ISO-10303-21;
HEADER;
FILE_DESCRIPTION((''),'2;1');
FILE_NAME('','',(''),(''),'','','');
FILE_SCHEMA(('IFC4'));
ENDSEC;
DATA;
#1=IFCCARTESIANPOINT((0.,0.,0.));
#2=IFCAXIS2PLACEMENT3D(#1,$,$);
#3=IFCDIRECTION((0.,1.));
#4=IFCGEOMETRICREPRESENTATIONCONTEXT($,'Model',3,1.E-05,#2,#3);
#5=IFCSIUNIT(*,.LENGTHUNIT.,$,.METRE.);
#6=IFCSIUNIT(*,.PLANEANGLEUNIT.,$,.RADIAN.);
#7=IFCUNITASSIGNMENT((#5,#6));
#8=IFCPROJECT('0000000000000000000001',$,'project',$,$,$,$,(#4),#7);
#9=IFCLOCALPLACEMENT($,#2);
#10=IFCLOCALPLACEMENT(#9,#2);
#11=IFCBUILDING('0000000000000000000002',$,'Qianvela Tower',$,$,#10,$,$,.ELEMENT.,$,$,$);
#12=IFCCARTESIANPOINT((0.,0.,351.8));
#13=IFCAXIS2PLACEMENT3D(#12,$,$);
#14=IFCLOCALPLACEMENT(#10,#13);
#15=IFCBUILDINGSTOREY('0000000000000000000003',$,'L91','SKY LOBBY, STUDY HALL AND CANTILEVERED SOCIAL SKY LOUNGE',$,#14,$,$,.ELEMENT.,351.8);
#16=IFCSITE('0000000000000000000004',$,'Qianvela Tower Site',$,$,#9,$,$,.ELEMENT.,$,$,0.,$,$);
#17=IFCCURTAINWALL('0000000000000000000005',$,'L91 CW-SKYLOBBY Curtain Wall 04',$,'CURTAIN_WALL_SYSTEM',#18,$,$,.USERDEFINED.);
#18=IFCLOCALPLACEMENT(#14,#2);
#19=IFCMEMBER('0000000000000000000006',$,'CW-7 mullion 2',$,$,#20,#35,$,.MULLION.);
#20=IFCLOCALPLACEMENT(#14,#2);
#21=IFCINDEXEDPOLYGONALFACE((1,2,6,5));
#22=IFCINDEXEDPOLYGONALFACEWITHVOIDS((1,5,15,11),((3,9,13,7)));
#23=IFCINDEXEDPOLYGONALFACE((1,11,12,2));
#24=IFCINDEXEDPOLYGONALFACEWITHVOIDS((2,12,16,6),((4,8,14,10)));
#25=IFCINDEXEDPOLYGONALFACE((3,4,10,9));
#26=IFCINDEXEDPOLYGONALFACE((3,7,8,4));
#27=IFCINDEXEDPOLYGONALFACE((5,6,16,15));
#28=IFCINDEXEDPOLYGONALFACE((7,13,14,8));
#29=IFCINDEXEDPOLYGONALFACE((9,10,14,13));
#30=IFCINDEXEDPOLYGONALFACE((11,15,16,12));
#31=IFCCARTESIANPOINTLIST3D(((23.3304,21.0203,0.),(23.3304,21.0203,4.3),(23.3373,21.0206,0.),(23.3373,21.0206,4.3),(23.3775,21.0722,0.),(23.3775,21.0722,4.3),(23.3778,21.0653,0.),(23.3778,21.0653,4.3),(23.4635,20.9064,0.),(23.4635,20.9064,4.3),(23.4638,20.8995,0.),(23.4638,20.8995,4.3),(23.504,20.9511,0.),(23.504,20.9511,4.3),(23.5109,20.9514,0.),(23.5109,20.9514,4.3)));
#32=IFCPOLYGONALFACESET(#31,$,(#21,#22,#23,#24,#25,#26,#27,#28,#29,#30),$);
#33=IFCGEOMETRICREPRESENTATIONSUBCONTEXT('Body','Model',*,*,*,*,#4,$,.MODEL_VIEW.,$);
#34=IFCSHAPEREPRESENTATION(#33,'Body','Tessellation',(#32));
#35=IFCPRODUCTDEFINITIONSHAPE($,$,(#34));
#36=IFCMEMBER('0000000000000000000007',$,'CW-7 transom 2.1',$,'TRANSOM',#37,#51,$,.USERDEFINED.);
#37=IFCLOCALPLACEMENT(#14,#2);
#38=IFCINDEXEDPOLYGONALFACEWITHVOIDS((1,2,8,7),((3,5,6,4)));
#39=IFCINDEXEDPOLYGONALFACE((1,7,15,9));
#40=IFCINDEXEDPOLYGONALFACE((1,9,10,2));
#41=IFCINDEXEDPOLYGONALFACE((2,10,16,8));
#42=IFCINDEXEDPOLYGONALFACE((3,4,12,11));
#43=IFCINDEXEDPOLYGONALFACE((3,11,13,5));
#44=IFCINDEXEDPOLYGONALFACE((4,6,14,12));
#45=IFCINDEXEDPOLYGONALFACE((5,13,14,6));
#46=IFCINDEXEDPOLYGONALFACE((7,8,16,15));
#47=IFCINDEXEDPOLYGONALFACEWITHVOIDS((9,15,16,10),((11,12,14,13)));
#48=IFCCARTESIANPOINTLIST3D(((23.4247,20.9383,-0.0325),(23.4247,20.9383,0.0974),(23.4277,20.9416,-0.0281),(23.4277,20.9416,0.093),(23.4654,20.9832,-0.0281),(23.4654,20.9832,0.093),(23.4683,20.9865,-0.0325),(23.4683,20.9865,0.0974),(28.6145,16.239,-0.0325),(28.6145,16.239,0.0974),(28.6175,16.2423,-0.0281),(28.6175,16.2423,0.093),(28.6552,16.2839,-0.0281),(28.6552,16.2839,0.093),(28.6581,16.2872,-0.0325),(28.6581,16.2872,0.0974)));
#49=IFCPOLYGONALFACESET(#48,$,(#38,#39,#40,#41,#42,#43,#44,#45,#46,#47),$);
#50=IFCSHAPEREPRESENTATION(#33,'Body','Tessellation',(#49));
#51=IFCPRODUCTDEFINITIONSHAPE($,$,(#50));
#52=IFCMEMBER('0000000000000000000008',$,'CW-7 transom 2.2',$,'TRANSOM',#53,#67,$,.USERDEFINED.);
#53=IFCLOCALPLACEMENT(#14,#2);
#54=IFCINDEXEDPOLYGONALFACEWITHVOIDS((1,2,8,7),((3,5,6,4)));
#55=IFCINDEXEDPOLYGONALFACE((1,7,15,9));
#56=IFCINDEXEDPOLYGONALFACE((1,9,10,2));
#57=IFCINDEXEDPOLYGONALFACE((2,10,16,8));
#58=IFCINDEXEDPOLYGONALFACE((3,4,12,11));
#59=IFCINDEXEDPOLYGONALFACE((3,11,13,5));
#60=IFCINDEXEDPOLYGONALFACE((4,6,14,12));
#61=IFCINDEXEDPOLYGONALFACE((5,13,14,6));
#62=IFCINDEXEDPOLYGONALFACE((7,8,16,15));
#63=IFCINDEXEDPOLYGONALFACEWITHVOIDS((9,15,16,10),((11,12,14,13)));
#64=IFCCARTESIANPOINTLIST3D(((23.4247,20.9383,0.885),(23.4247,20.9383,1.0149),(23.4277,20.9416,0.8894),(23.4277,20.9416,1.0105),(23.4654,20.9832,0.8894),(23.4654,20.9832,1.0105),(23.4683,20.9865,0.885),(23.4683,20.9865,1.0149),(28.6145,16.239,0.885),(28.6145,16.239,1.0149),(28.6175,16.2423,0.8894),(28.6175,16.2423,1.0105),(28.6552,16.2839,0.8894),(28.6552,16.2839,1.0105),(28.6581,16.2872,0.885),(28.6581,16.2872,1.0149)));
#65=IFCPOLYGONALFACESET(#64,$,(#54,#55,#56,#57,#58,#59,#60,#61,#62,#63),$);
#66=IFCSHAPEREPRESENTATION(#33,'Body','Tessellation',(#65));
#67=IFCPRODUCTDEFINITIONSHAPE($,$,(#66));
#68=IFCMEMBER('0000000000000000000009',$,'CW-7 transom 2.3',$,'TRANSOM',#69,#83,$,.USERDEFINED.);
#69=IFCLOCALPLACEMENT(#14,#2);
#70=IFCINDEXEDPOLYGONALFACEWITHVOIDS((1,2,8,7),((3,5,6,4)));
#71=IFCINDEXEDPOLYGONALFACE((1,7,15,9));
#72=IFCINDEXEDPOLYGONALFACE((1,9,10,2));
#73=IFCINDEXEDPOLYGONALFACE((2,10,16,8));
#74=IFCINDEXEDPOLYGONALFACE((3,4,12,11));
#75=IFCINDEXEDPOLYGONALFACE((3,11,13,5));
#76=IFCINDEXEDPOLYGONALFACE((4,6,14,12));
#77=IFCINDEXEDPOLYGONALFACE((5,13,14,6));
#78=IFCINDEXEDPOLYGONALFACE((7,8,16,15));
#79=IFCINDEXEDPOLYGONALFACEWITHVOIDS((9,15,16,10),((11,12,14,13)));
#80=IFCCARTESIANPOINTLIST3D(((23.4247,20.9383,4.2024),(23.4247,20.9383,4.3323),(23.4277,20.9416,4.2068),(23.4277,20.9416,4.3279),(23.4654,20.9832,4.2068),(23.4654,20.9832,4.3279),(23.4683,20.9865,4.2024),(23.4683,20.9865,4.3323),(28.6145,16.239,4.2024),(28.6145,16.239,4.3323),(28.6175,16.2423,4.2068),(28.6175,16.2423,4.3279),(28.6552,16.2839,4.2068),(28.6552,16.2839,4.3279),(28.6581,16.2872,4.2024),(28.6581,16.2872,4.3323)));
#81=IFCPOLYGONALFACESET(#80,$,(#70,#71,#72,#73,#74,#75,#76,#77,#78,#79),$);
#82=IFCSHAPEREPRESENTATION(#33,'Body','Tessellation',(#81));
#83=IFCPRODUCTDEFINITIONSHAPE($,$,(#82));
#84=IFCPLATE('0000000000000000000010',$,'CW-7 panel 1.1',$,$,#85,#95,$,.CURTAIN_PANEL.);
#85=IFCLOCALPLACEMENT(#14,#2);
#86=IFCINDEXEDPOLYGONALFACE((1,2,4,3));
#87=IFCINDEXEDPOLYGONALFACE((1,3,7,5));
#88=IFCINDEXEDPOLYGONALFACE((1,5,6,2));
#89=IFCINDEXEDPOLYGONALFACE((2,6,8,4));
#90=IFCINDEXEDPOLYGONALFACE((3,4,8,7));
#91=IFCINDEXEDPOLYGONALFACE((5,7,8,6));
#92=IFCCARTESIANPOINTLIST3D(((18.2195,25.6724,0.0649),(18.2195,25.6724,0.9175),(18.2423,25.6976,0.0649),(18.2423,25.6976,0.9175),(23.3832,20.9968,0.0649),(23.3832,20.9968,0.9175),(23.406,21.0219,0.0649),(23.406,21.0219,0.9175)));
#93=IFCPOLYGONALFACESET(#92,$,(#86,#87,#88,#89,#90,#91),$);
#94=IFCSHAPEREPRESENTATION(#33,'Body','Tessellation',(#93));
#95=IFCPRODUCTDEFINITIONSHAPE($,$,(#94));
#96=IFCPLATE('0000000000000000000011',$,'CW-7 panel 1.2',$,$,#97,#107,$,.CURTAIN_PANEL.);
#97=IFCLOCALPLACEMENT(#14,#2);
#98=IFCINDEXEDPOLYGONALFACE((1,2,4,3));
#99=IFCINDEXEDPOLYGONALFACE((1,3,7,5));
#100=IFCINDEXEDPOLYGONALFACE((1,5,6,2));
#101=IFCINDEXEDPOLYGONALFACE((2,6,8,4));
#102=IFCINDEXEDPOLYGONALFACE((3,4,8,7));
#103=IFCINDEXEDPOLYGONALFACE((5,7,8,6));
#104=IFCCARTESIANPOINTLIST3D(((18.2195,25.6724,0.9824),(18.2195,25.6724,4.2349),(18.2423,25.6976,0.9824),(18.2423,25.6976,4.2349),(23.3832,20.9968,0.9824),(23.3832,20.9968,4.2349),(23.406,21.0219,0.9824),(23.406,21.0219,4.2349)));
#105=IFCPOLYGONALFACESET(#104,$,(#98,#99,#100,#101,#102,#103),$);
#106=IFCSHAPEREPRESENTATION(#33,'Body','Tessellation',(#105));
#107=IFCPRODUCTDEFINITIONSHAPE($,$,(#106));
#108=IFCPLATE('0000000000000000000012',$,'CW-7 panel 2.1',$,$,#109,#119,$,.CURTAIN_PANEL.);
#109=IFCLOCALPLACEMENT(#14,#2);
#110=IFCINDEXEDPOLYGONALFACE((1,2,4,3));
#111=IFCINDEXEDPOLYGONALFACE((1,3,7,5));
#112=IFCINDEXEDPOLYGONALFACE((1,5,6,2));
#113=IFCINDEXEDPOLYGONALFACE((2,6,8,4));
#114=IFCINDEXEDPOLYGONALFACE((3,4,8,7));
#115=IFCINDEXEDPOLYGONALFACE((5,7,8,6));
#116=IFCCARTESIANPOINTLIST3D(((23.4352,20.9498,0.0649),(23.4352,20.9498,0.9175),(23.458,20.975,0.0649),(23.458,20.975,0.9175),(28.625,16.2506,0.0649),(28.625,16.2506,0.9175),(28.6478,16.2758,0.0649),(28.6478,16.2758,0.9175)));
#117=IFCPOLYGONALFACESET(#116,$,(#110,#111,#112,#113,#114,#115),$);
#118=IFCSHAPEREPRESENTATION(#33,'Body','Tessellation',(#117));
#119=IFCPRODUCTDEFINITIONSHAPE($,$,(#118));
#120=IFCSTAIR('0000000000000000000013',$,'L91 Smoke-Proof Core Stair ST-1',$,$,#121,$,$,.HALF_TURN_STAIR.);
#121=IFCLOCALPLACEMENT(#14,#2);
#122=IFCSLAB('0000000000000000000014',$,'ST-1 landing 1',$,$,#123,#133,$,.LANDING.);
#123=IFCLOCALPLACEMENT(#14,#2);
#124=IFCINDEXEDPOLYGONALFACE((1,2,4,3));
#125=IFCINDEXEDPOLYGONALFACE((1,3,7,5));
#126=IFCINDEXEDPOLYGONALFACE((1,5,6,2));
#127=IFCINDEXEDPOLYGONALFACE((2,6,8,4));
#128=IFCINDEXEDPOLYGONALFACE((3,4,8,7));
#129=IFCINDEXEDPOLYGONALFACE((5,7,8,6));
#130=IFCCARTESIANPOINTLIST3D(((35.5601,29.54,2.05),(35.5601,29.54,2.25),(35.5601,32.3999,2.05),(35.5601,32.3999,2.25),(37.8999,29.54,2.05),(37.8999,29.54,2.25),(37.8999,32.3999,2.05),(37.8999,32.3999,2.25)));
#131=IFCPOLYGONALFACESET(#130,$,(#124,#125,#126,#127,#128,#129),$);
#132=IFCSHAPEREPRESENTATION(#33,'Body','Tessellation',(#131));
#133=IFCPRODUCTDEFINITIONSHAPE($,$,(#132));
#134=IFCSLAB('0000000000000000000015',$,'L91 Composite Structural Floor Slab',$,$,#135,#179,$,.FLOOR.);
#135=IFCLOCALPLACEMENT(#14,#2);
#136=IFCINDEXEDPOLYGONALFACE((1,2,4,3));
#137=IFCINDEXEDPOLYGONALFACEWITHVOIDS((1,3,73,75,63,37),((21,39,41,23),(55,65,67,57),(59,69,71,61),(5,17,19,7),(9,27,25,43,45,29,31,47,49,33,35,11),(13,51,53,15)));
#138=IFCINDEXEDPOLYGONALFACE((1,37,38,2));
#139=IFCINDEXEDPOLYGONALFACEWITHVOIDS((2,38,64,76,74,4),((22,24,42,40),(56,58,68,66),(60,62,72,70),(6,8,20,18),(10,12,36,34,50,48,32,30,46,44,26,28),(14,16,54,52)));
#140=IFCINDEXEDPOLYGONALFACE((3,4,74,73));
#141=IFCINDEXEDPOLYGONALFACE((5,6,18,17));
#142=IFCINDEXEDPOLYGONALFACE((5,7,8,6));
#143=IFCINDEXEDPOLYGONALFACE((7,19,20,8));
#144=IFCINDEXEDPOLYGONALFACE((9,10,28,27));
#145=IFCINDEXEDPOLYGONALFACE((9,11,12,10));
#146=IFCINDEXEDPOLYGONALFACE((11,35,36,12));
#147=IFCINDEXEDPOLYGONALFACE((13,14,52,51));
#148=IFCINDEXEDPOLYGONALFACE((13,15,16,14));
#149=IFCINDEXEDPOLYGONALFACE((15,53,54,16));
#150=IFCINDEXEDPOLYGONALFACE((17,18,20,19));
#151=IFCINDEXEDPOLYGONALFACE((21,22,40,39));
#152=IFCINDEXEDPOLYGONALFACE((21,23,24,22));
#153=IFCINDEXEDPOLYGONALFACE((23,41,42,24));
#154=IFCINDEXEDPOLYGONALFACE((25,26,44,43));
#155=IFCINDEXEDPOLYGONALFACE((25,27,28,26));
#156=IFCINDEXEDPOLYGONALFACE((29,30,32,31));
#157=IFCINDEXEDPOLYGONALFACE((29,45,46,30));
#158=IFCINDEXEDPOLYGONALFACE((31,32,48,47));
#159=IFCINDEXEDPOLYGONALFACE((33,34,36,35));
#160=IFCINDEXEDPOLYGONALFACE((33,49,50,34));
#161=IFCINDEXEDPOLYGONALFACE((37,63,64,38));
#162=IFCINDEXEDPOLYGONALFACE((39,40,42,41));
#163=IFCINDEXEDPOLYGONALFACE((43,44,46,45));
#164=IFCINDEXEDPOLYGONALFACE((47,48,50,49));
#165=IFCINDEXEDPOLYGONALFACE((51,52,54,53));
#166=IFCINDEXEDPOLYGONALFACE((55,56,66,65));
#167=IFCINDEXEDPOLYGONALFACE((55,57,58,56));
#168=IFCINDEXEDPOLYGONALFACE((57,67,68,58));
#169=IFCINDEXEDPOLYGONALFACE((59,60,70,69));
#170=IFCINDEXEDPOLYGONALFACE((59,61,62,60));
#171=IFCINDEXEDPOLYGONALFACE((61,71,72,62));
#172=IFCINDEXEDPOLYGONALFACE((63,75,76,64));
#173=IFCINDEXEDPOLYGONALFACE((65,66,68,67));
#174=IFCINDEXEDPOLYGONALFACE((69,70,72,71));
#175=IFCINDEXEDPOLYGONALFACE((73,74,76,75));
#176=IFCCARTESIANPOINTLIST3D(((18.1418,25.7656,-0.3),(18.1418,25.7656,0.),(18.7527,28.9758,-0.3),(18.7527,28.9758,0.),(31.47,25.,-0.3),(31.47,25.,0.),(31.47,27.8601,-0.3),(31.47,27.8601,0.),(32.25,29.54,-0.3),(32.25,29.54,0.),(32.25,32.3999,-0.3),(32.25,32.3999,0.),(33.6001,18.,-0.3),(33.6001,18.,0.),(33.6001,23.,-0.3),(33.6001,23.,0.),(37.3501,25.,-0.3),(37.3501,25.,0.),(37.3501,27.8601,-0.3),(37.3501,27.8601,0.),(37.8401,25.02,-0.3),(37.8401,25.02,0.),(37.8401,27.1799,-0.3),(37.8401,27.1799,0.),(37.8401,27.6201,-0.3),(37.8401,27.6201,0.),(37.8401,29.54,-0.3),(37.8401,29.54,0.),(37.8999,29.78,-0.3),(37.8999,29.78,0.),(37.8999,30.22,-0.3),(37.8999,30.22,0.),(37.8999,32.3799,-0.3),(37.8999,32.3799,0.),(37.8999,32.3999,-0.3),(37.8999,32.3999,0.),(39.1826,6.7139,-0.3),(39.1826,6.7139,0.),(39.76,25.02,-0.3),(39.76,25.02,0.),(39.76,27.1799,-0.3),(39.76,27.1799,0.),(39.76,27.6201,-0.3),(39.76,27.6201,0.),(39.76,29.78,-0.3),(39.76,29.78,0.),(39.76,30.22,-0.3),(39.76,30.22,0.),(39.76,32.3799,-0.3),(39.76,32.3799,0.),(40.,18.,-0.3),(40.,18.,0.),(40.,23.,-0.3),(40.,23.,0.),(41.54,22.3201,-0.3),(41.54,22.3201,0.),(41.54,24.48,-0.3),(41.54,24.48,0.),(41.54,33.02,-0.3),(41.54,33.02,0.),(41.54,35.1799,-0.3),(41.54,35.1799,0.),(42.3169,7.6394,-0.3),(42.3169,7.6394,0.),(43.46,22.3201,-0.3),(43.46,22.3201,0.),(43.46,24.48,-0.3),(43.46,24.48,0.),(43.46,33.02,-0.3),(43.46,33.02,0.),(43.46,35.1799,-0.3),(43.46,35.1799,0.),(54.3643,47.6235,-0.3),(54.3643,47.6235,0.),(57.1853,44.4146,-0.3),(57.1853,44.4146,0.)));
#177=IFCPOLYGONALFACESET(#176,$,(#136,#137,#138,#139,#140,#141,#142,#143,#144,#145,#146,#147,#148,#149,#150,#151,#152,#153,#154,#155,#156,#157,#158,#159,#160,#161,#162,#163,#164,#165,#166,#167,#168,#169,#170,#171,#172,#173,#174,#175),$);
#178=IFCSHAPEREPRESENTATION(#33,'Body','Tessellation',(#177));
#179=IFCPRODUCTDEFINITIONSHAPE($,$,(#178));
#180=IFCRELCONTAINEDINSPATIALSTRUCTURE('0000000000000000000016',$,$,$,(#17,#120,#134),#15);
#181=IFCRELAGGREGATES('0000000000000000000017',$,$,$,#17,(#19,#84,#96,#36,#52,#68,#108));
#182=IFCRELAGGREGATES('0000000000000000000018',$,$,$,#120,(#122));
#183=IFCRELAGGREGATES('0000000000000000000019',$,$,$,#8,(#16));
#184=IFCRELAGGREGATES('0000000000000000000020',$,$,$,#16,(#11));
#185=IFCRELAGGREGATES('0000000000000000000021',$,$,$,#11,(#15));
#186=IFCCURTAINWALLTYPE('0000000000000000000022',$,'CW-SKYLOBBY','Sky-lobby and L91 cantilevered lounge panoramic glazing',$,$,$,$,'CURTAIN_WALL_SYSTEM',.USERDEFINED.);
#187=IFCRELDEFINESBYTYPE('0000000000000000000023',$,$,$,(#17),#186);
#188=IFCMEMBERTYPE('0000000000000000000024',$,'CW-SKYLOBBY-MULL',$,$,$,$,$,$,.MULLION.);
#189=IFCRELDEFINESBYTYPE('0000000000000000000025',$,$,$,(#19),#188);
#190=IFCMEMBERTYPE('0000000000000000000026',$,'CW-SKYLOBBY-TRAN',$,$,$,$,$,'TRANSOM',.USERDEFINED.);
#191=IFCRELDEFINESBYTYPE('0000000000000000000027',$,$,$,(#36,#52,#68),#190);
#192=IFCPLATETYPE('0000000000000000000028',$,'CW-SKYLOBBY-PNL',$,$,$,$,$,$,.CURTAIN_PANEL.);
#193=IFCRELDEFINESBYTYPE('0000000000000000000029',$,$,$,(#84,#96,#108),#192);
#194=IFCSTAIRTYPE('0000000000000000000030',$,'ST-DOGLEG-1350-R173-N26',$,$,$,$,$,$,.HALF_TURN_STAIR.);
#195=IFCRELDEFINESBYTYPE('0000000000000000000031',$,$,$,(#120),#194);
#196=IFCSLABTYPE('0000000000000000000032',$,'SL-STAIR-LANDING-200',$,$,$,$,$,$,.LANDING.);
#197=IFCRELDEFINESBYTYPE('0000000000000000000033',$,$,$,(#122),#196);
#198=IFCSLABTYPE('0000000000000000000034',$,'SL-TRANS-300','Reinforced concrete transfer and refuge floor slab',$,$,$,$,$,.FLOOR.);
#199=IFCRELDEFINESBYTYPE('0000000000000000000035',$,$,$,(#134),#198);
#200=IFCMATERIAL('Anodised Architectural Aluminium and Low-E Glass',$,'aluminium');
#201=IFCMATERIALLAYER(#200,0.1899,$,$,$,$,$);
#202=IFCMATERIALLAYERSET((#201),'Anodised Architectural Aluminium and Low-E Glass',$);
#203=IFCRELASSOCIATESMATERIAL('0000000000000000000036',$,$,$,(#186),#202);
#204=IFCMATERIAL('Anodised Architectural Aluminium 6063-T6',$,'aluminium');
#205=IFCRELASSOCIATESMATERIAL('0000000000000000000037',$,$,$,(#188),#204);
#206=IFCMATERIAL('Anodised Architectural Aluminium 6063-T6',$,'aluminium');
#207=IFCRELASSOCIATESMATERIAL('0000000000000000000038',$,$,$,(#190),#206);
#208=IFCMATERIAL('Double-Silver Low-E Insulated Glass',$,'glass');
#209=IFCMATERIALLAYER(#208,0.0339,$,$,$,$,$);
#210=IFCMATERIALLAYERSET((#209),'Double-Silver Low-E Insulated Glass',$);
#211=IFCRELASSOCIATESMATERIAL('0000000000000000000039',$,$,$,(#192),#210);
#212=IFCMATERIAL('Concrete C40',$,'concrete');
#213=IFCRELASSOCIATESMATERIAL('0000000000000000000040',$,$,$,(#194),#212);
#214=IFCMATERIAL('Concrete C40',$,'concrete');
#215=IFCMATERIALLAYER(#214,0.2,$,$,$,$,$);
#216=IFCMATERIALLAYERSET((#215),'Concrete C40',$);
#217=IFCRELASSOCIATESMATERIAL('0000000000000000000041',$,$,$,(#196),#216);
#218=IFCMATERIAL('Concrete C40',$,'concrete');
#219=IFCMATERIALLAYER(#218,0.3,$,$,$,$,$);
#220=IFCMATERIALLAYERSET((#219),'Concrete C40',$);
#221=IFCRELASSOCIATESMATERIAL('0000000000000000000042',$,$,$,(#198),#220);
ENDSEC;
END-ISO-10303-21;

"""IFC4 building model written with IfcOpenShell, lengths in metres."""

from ifc_helpers import new_model, si_unit, direction, frame, origin, origin_2d, place, context, subcontext, project, spatial, polyline, rectangle, hollow_rectangle, outline, extrude, material, layer, layer_set, material_profile, profile_set, type_object, element, aggregate, save


model = new_model("IFC4")

# Units and contexts
model_context = context("Model", 3, precision=1e-05, world=origin(), true_north=direction((0.0, 1.0)))
body_context = subcontext(model_context, "Body", "Model", "MODEL_VIEW")
ifc_project = project(units=[si_unit("LENGTHUNIT", "METRE"), si_unit("PLANEANGLEUNIT", "RADIAN")], contexts=[model_context])

# Site, building, storey
site_placement = place(None, origin())
site = spatial("IfcSite", under=ifc_project, at=site_placement, Name="Qianvela Tower Site", CompositionType="ELEMENT", RefElevation=0.0)
building_placement = place(site_placement, origin())
building = spatial("IfcBuilding", under=site, at=building_placement, Name="Qianvela Tower", CompositionType="ELEMENT")
storey_placement = place(building_placement, frame((0.0, 0.0, 351.8)))
storey = spatial("IfcBuildingStorey", under=building, at=storey_placement, Name="L91", Description="SKY LOBBY, STUDY HALL AND CANTILEVERED SOCIAL SKY LOUNGE", CompositionType="ELEMENT", Elevation=351.8)

# Curtain wall, members, plates
ifc_material_1 = material(Name="Anodised Architectural Aluminium and Low-E Glass", Category="aluminium")
ifc_layer_1 = layer(ifc_material_1, 0.1899)
ifc_layer_set_1 = layer_set([ifc_layer_1], Name="Anodised Architectural Aluminium and Low-E Glass")
curtain_wall_type = type_object("IfcCurtainWallType", Name="CW-SKYLOBBY", Description="Sky-lobby and L91 cantilevered lounge panoramic glazing", ElementType="CURTAIN_WALL_SYSTEM", PredefinedType="USERDEFINED", material=ifc_layer_set_1)
curtain_wall_placement = place(storey_placement, origin())
curtain_wall = element("IfcCurtainWall", 1, at=curtain_wall_placement, inside=storey, type_object=curtain_wall_type, Name="L91 CW-SKYLOBBY Curtain Wall 04", ObjectType="CURTAIN_WALL_SYSTEM", PredefinedType="USERDEFINED")
ifc_material_2 = material(Name="Anodised Architectural Aluminium 6063-T6", Category="aluminium")
ifc_material_profile_1 = material_profile(ifc_material_2, hollow_rectangle(XDim=0.0701, YDim=0.1799, WallThickness=0.0049, at=origin_2d()), Name="ALU-MULL-70x180")
ifc_profile_set_1 = profile_set([ifc_material_profile_1], Name="Anodised Architectural Aluminium 6063-T6")
member_type_1 = type_object("IfcMemberType", Name="CW-SKYLOBBY-MULL", PredefinedType="MULLION", material=ifc_profile_set_1)
member_1_placement = place(storey_placement, frame((23.4207, 20.9858, 0.0), z_axis=(0.0, 0.0, 1.0), x_axis=(0.671203, 0.741273, 0.0)))
member_1 = element("IfcMember", 2, at=member_1_placement, type_object=member_type_1, Name="CW-7 mullion 2", PredefinedType="MULLION", context=body_context, shape_type="SweptSolid", body=[
    extrude(hollow_rectangle(XDim=0.0701, YDim=0.1799, WallThickness=0.0049, at=origin_2d()), origin(), (0.0, 0.0, 1.0), 4.3),
])
ifc_material_3 = material(Name="Anodised Architectural Aluminium 6063-T6", Category="aluminium")
ifc_material_profile_2 = material_profile(ifc_material_3, hollow_rectangle(XDim=0.0649, YDim=0.1299, WallThickness=0.0044, at=origin_2d()), Name="ALU-TRAN-65x130")
ifc_profile_set_2 = profile_set([ifc_material_profile_2], Name="Anodised Architectural Aluminium 6063-T6")
member_type_2 = type_object("IfcMemberType", Name="CW-SKYLOBBY-TRAN", ElementType="TRANSOM", PredefinedType="USERDEFINED", material=ifc_profile_set_2)
member_2_placement = place(storey_placement, frame((23.4465, 20.9624, 0.0325), z_axis=(0.741267, -0.67121, 0.0), x_axis=(0.67121, 0.741267, 0.0)))
member_2 = element("IfcMember", 3, at=member_2_placement, type_object=member_type_2, Name="CW-7 transom 2.1", ObjectType="TRANSOM", PredefinedType="USERDEFINED", context=body_context, shape_type="SweptSolid", body=[
    extrude(hollow_rectangle(XDim=0.0649, YDim=0.1299, WallThickness=0.0044, at=origin_2d()), origin(), (0.0, 0.0, 1.0), 7.0012),
])
member_3_placement = place(storey_placement, frame((23.4465, 20.9624, 0.95), z_axis=(0.741267, -0.67121, 0.0), x_axis=(0.67121, 0.741267, 0.0)))
member_3 = element("IfcMember", 4, at=member_3_placement, type_object=member_type_2, Name="CW-7 transom 2.2", ObjectType="TRANSOM", PredefinedType="USERDEFINED", context=body_context, shape_type="SweptSolid", body=[
    extrude(hollow_rectangle(XDim=0.0649, YDim=0.1299, WallThickness=0.0044, at=origin_2d()), origin(), (0.0, 0.0, 1.0), 7.0012),
])
member_4_placement = place(storey_placement, frame((23.4465, 20.9624, 4.2673), z_axis=(0.741267, -0.67121, 0.0), x_axis=(0.67121, 0.741267, 0.0)))
member_4 = element("IfcMember", 5, at=member_4_placement, type_object=member_type_2, Name="CW-7 transom 2.3", ObjectType="TRANSOM", PredefinedType="USERDEFINED", context=body_context, shape_type="SweptSolid", body=[
    extrude(hollow_rectangle(XDim=0.0649, YDim=0.1299, WallThickness=0.0044, at=origin_2d()), origin(), (0.0, 0.0, 1.0), 7.0012),
])
ifc_material_4 = material(Name="Double-Silver Low-E Insulated Glass", Category="glass")
ifc_layer_2 = layer(ifc_material_4, 0.0339)
ifc_layer_set_2 = layer_set([ifc_layer_2], Name="Double-Silver Low-E Insulated Glass")
plate_type = type_object("IfcPlateType", Name="CW-SKYLOBBY-PNL", PredefinedType="CURTAIN_PANEL", material=ifc_layer_set_2)
plate_1_placement = place(storey_placement, frame((20.8127, 23.3472, 0.0649), z_axis=(0.0, 0.0, 1.0), x_axis=(0.741273, -0.671203, 0.0)))
plate_1 = element("IfcPlate", 6, at=plate_1_placement, type_object=plate_type, Name="CW-7 panel 1.1", PredefinedType="CURTAIN_PANEL", context=body_context, shape_type="SweptSolid", body=[
    extrude(rectangle(XDim=6.9661, YDim=0.0339, at=origin_2d()), origin(), (0.0, 0.0, 1.0), 0.8525),
])
plate_2_placement = place(storey_placement, frame((20.8127, 23.3472, 0.9824), z_axis=(0.0, 0.0, 1.0), x_axis=(0.741273, -0.671203, 0.0)))
plate_2 = element("IfcPlate", 7, at=plate_2_placement, type_object=plate_type, Name="CW-7 panel 1.2", PredefinedType="CURTAIN_PANEL", context=body_context, shape_type="SweptSolid", body=[
    extrude(rectangle(XDim=6.9661, YDim=0.0339, at=origin_2d()), origin(), (0.0, 0.0, 1.0), 3.2524),
])
plate_3_placement = place(storey_placement, frame((26.0415, 18.6128, 0.0649), z_axis=(0.0, 0.0, 1.0), x_axis=(0.741273, -0.671203, 0.0)))
plate_3 = element("IfcPlate", 8, at=plate_3_placement, type_object=plate_type, Name="CW-7 panel 2.1", PredefinedType="CURTAIN_PANEL", context=body_context, shape_type="SweptSolid", body=[
    extrude(rectangle(XDim=7.0012, YDim=0.0339, at=origin_2d()), origin(), (0.0, 0.0, 1.0), 0.8525),
])
aggregate(curtain_wall, [member_1, plate_1, plate_2, member_2, member_3, member_4, plate_3])

# Stair, slab
ifc_material_5 = material(Name="Concrete C40", Category="concrete")
stair_type = type_object("IfcStairType", Name="ST-DOGLEG-1350-R173-N26", PredefinedType="HALF_TURN_STAIR", material=ifc_material_5)
stair_placement = place(storey_placement, origin())
stair = element("IfcStair", 9, at=stair_placement, inside=storey, type_object=stair_type, Name="L91 Smoke-Proof Core Stair ST-1", PredefinedType="HALF_TURN_STAIR")
ifc_material_6 = material(Name="Concrete C40", Category="concrete")
ifc_layer_3 = layer(ifc_material_6, 0.2)
ifc_layer_set_3 = layer_set([ifc_layer_3], Name="Concrete C40")
slab_type_1 = type_object("IfcSlabType", Name="SL-STAIR-LANDING-200", PredefinedType="LANDING", material=ifc_layer_set_3)
slab_1_placement = place(storey_placement, frame((0.0, 0.0, 2.05)))
slab_1 = element("IfcSlab", 10, at=slab_1_placement, type_object=slab_type_1, Name="ST-1 landing 1", PredefinedType="LANDING", context=body_context, shape_type="SweptSolid", body=[
    extrude(outline(polyline([(35.5601, 29.54), (37.8999, 29.54), (37.8999, 32.3999), (35.5601, 32.3999), (35.5601, 29.54)])), origin(), (0.0, 0.0, 1.0), 0.2),
])
aggregate(stair, [slab_1])

# Slab
ifc_material_7 = material(Name="Concrete C40", Category="concrete")
ifc_layer_4 = layer(ifc_material_7, 0.3)
ifc_layer_set_4 = layer_set([ifc_layer_4], Name="Concrete C40")
slab_type_2 = type_object("IfcSlabType", Name="SL-TRANS-300", Description="Reinforced concrete transfer and refuge floor slab", PredefinedType="FLOOR", material=ifc_layer_set_4)
slab_2_placement = place(storey_placement, frame((0.0, 0.0, -0.3)))
element("IfcSlab", 11, at=slab_2_placement, inside=storey, type_object=slab_type_2, Name="L91 Composite Structural Floor Slab", PredefinedType="FLOOR", context=body_context, shape_type="SweptSolid", body=[
    extrude(outline(polyline([(57.1853, 44.4146), (54.3643, 47.6235), (18.7527, 28.9758), (18.1418, 25.7656), (39.1826, 6.7139), (42.3169, 7.6394), (57.1853, 44.4146)]), holes=[polyline([(40.0, 23.0), (33.6001, 23.0), (33.6001, 18.0), (40.0, 18.0), (40.0, 23.0)]), polyline([(43.46, 24.48), (41.54, 24.48), (41.54, 22.3201), (43.46, 22.3201), (43.46, 24.48)]), polyline([(39.76, 27.1799), (37.8401, 27.1799), (37.8401, 25.02), (39.76, 25.02), (39.76, 27.1799)]), polyline([(37.3501, 27.8601), (31.47, 27.8601), (31.47, 25.0), (37.3501, 25.0), (37.3501, 27.8601)]), polyline([(39.76, 27.6201), (39.76, 29.78), (37.8999, 29.78), (37.8999, 30.22), (39.76, 30.22), (39.76, 32.3799), (37.8999, 32.3799), (37.8999, 32.3999), (32.25, 32.3999), (32.25, 29.54), (37.8401, 29.54), (37.8401, 27.6201), (39.76, 27.6201)]), polyline([(43.46, 35.1799), (41.54, 35.1799), (41.54, 33.02), (43.46, 33.02), (43.46, 35.1799)])]), origin(), (0.0, 0.0, 1.0), 0.3),
])

save(model, "model.ifc")
